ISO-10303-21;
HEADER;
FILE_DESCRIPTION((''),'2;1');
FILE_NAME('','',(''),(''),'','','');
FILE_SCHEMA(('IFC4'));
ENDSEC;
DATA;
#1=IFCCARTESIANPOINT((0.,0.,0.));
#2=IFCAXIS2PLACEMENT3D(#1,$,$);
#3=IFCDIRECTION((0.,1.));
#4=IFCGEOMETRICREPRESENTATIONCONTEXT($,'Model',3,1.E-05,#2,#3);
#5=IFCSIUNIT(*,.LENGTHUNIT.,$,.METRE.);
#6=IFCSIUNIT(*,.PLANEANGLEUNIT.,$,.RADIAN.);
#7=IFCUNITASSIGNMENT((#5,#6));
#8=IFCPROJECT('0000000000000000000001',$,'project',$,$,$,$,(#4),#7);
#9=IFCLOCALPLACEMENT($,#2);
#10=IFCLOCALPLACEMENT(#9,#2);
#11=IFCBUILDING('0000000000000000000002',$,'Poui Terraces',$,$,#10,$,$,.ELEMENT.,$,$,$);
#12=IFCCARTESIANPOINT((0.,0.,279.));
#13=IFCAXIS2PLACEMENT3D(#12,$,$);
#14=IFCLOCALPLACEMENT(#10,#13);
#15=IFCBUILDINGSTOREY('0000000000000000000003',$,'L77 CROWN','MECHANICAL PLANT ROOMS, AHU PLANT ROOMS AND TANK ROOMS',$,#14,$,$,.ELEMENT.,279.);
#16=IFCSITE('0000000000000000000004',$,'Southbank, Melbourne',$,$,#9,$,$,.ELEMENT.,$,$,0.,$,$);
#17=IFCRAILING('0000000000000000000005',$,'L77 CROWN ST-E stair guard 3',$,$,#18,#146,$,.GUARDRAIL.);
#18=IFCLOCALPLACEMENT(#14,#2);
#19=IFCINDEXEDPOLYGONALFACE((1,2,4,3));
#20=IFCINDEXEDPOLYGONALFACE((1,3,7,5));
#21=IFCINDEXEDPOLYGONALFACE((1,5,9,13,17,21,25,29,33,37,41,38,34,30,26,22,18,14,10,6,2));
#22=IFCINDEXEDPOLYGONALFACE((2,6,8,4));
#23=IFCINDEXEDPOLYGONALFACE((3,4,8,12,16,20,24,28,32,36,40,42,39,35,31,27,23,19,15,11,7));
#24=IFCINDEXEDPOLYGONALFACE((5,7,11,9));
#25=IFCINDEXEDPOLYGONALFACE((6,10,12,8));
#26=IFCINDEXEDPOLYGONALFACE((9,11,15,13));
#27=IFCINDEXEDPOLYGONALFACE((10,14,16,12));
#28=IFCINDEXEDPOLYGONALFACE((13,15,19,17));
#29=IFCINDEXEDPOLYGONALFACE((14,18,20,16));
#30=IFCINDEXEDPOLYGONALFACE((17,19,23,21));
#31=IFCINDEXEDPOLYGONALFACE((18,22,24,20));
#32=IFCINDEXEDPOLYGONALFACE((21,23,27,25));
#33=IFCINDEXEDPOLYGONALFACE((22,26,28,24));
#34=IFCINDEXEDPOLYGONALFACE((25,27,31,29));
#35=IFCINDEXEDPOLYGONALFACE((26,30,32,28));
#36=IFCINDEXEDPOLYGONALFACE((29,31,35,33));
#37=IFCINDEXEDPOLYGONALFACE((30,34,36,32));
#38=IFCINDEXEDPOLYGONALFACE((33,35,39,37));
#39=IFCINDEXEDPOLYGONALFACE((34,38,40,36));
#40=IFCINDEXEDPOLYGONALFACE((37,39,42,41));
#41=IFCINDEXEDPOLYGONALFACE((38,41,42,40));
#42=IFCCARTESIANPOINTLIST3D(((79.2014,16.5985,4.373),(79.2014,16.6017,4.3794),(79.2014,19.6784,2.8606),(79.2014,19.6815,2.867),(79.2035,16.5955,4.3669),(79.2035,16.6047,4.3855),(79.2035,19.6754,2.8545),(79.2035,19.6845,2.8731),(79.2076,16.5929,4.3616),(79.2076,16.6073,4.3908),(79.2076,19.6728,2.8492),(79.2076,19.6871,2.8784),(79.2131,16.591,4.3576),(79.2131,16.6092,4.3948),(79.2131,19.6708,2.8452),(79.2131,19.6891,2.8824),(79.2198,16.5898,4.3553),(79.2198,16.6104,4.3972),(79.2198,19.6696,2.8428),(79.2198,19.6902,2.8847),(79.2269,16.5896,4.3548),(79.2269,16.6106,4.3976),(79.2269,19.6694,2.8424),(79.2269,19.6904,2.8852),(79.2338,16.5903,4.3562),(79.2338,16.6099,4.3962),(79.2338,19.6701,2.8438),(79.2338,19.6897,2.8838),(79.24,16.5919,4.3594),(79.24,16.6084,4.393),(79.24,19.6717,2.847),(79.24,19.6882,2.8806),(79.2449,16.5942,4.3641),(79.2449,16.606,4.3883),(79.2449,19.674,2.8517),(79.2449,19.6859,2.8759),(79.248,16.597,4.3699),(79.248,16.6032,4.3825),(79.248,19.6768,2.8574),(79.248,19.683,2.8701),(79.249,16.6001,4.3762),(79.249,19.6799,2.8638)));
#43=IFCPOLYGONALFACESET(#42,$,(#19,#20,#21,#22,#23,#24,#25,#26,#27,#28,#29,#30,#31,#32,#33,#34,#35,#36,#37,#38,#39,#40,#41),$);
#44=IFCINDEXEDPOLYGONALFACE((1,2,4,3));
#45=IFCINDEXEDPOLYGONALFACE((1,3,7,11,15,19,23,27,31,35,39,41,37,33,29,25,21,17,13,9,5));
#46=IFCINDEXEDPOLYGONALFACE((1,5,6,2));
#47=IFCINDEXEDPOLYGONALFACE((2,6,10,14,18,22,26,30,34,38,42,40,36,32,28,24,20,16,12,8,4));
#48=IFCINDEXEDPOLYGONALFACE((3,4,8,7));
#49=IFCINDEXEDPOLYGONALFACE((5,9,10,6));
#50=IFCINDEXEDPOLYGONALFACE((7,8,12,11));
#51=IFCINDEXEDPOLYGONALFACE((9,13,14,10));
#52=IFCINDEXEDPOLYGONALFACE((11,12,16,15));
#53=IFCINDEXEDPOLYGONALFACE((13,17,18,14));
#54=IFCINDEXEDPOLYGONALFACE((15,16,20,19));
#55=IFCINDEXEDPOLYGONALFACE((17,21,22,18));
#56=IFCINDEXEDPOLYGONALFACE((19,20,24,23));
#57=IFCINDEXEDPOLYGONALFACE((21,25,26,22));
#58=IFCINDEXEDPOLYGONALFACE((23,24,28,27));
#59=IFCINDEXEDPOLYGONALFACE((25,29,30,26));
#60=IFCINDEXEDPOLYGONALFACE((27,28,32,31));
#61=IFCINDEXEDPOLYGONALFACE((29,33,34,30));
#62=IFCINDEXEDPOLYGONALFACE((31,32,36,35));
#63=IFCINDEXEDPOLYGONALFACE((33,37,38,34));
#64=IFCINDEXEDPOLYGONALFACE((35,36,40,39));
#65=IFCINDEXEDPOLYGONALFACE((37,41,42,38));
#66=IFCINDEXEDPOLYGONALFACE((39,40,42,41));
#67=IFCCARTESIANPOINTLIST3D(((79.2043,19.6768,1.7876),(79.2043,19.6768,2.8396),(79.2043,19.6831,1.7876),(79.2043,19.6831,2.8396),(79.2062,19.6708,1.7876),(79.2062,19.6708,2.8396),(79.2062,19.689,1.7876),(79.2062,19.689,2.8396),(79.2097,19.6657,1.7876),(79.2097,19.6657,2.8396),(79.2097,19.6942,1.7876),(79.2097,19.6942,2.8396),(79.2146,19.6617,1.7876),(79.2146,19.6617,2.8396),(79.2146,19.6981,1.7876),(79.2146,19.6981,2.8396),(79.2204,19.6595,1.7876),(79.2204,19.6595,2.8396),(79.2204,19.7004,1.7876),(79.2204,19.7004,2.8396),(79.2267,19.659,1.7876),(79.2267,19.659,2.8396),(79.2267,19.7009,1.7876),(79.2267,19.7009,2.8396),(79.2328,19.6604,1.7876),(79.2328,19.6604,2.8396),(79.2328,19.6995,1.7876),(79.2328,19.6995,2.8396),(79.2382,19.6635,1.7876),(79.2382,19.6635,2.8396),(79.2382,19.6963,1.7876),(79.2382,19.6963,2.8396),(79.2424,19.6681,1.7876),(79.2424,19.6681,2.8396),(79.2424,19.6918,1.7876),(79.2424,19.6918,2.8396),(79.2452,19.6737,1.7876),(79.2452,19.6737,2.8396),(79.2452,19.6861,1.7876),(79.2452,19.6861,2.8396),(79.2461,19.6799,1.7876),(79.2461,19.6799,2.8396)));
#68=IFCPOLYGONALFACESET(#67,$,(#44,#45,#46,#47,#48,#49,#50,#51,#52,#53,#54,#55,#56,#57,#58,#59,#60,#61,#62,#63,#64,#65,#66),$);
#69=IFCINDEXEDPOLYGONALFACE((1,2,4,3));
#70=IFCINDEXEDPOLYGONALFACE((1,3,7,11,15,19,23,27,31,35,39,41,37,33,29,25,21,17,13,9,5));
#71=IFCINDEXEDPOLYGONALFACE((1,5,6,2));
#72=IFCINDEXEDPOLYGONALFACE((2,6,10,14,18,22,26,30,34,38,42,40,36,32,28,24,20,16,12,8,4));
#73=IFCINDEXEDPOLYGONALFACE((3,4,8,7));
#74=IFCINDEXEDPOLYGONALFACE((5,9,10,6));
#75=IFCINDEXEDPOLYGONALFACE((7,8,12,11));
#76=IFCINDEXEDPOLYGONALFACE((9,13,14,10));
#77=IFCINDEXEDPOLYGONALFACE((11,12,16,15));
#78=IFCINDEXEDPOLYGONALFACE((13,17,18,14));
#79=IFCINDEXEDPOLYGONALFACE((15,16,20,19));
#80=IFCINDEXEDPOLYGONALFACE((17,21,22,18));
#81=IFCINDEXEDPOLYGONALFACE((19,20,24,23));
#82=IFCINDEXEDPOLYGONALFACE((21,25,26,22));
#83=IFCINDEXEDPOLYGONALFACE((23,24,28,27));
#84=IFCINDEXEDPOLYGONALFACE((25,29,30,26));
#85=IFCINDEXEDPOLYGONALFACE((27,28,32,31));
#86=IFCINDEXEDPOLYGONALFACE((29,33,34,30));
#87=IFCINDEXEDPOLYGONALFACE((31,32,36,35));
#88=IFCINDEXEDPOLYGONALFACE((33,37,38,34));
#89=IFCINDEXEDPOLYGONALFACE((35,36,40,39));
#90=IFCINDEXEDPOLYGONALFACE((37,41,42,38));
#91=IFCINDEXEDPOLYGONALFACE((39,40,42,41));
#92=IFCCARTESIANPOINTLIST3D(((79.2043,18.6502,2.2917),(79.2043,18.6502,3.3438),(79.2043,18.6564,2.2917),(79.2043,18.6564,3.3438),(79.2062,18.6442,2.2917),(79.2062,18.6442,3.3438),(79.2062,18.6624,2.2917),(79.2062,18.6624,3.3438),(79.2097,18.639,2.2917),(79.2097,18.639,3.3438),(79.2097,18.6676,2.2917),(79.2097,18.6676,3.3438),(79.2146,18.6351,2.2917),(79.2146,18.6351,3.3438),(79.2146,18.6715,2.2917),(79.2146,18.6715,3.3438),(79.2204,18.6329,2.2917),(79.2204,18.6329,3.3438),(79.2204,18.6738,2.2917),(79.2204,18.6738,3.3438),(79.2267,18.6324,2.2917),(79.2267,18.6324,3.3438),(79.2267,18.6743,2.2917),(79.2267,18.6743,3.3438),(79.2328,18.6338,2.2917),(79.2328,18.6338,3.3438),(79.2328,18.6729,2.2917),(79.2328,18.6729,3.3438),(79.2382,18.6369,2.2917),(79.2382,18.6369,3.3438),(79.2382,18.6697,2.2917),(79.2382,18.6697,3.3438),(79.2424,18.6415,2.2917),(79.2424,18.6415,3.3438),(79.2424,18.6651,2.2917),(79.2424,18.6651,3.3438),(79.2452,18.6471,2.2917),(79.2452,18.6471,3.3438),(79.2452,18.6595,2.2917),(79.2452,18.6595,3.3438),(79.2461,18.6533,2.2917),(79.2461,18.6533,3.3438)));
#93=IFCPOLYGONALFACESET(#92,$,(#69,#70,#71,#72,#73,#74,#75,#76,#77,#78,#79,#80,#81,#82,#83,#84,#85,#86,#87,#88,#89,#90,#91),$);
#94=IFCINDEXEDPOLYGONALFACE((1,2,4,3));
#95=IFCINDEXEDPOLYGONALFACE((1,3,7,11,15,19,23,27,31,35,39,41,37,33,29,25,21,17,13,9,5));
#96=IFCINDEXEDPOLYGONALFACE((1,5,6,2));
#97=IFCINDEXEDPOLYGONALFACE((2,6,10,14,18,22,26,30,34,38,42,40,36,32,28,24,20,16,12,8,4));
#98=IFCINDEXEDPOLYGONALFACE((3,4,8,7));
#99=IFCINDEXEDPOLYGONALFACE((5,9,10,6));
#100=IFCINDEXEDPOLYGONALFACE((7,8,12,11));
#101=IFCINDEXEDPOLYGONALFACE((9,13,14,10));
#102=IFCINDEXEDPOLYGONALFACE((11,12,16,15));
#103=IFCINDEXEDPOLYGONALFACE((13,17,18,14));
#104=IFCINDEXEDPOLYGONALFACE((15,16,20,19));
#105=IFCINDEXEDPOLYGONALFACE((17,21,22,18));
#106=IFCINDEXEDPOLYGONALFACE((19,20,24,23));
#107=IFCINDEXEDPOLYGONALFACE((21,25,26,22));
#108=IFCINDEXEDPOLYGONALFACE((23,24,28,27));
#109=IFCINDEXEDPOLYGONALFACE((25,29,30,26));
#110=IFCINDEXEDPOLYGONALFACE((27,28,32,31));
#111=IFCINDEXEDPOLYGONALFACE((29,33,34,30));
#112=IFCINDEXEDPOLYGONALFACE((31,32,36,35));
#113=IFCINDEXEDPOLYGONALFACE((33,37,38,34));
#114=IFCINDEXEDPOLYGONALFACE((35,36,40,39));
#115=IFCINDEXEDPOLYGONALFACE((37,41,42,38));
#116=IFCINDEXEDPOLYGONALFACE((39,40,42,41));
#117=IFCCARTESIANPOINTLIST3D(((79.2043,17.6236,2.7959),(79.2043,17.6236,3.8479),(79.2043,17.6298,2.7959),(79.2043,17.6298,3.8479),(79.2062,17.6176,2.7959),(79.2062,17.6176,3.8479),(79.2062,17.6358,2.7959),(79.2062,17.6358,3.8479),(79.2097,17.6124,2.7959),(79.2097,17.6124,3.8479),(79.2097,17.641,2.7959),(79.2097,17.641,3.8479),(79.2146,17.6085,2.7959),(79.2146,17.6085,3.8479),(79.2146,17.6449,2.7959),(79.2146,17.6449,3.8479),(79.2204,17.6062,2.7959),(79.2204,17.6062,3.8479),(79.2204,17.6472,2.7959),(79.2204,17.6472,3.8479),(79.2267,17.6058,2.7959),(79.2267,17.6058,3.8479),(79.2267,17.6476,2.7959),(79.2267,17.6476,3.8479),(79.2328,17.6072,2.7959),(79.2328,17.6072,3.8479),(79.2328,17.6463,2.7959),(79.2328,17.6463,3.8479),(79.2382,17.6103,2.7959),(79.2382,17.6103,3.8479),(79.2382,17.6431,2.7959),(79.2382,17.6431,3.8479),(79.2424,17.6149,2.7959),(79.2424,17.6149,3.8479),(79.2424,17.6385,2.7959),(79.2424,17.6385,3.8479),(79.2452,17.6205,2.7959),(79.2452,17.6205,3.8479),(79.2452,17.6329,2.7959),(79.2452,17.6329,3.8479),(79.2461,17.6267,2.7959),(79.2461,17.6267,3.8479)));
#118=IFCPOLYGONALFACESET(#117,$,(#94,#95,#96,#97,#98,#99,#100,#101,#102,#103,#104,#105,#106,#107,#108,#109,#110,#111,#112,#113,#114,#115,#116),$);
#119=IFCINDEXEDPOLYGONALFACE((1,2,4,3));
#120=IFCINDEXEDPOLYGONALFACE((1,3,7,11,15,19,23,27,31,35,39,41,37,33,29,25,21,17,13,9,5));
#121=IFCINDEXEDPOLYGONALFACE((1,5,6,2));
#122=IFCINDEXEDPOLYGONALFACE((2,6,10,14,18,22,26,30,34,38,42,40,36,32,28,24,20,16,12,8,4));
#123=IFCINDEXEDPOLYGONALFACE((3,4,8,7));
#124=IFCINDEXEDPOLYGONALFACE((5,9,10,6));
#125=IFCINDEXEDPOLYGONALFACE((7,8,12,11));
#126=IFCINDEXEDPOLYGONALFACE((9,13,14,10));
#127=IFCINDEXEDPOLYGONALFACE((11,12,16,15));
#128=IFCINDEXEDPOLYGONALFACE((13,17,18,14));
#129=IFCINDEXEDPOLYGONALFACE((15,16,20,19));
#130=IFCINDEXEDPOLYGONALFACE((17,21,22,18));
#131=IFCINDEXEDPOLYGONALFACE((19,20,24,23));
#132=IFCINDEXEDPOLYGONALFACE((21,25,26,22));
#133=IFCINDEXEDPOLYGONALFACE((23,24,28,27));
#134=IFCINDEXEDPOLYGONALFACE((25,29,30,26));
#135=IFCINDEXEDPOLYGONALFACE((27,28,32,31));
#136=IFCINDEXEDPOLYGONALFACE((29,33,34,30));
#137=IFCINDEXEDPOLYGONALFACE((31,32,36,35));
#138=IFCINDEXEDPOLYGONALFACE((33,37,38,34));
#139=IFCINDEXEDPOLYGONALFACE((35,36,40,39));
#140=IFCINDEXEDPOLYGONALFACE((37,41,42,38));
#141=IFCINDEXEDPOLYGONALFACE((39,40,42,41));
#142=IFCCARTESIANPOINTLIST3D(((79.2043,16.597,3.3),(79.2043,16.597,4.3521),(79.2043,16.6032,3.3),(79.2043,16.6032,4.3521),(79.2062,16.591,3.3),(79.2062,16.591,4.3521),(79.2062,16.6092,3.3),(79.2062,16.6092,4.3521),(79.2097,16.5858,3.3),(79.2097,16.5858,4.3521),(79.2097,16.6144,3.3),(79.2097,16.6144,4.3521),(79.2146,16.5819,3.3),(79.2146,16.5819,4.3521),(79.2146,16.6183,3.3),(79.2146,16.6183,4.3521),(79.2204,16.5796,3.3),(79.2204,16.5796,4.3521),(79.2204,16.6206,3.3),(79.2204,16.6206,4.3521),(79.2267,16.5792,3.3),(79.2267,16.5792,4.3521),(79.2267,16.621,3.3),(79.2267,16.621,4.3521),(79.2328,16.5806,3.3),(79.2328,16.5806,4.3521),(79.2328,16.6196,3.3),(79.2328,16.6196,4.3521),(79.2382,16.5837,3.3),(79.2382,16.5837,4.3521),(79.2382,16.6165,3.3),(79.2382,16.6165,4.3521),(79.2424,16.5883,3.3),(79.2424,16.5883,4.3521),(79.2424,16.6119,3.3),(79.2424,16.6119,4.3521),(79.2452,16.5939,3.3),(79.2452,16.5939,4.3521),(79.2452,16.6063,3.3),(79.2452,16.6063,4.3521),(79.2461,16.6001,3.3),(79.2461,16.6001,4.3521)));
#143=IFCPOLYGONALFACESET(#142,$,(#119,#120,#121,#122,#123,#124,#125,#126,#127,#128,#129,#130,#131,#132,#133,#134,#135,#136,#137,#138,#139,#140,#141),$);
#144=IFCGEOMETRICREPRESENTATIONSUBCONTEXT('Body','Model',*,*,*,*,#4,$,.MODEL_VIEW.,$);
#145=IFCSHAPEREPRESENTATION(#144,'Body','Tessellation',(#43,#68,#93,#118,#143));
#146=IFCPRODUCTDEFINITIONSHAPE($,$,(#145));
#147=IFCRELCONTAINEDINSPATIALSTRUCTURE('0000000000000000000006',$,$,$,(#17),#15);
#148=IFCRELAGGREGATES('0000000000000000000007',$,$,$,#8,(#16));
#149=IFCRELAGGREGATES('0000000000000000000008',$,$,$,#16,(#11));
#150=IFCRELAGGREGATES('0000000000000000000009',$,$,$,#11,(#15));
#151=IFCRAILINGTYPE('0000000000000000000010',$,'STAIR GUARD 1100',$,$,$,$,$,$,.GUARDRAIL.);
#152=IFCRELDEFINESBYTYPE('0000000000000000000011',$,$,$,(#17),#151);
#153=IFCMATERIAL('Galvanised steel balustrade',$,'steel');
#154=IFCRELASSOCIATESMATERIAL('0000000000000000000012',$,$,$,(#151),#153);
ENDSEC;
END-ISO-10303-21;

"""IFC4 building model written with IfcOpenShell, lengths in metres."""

from ifc_helpers import new_model, si_unit, direction, frame, origin, origin_2d, place, context, subcontext, project, spatial, circle, extrude, material, type_object, element, save


model = new_model("IFC4")

# Units and contexts
model_context = context("Model", 3, precision=1e-05, world=origin(), true_north=direction((0.0, 1.0)))
body_context = subcontext(model_context, "Body", "Model", "MODEL_VIEW")
ifc_project = project(units=[si_unit("LENGTHUNIT", "METRE"), si_unit("PLANEANGLEUNIT", "RADIAN")], contexts=[model_context])

# Site, building, storey
site_placement = place(None, origin())
site = spatial("IfcSite", under=ifc_project, at=site_placement, Name="Southbank, Melbourne", CompositionType="ELEMENT", RefElevation=0.0)
building_placement = place(site_placement, origin())
building = spatial("IfcBuilding", under=site, at=building_placement, Name="Poui Terraces", CompositionType="ELEMENT")
storey_placement = place(building_placement, frame((0.0, 0.0, 279.0)))
storey = spatial("IfcBuildingStorey", under=building, at=storey_placement, Name="L77 CROWN", Description="MECHANICAL PLANT ROOMS, AHU PLANT ROOMS AND TANK ROOMS", CompositionType="ELEMENT", Elevation=279.0)

# Railing
ifc_material_1 = material(Name="Galvanised steel balustrade", Category="steel")
railing_type_1 = type_object("IfcRailingType", Name="STAIR GUARD 1100", PredefinedType="GUARDRAIL", material=ifc_material_1)
railing_1_placement = place(storey_placement, frame((79.2251, 19.6799, 1.7876)))
element("IfcRailing", 1, at=railing_1_placement, inside=storey, type_object=railing_type_1, Name="L77 CROWN ST-E stair guard 3", PredefinedType="GUARDRAIL", context=body_context, shape_type="SweptSolid", body=[
    extrude(circle(Radius=0.0239, at=origin_2d()), frame((0.0, 0.0, 1.0762), z_axis=(0.0, -0.897606, 0.440798), x_axis=(1.0, 0.0, 0.0)), (0.0, 0.0, 1.0), 3.4312),
    extrude(circle(Radius=0.021, at=origin_2d()), origin(), (0.0, 0.0, 1.0), 1.052),
    extrude(circle(Radius=0.021, at=origin_2d()), frame((0.0, -1.0266, 0.5042)), (0.0, 0.0, 1.0), 1.052),
    extrude(circle(Radius=0.021, at=origin_2d()), frame((0.0, -2.0532, 1.0083)), (0.0, 0.0, 1.0), 1.052),
    extrude(circle(Radius=0.021, at=origin_2d()), frame((0.0, -3.0798, 1.5125)), (0.0, 0.0, 1.0), 1.052),
])

save(model, "model.ifc")
